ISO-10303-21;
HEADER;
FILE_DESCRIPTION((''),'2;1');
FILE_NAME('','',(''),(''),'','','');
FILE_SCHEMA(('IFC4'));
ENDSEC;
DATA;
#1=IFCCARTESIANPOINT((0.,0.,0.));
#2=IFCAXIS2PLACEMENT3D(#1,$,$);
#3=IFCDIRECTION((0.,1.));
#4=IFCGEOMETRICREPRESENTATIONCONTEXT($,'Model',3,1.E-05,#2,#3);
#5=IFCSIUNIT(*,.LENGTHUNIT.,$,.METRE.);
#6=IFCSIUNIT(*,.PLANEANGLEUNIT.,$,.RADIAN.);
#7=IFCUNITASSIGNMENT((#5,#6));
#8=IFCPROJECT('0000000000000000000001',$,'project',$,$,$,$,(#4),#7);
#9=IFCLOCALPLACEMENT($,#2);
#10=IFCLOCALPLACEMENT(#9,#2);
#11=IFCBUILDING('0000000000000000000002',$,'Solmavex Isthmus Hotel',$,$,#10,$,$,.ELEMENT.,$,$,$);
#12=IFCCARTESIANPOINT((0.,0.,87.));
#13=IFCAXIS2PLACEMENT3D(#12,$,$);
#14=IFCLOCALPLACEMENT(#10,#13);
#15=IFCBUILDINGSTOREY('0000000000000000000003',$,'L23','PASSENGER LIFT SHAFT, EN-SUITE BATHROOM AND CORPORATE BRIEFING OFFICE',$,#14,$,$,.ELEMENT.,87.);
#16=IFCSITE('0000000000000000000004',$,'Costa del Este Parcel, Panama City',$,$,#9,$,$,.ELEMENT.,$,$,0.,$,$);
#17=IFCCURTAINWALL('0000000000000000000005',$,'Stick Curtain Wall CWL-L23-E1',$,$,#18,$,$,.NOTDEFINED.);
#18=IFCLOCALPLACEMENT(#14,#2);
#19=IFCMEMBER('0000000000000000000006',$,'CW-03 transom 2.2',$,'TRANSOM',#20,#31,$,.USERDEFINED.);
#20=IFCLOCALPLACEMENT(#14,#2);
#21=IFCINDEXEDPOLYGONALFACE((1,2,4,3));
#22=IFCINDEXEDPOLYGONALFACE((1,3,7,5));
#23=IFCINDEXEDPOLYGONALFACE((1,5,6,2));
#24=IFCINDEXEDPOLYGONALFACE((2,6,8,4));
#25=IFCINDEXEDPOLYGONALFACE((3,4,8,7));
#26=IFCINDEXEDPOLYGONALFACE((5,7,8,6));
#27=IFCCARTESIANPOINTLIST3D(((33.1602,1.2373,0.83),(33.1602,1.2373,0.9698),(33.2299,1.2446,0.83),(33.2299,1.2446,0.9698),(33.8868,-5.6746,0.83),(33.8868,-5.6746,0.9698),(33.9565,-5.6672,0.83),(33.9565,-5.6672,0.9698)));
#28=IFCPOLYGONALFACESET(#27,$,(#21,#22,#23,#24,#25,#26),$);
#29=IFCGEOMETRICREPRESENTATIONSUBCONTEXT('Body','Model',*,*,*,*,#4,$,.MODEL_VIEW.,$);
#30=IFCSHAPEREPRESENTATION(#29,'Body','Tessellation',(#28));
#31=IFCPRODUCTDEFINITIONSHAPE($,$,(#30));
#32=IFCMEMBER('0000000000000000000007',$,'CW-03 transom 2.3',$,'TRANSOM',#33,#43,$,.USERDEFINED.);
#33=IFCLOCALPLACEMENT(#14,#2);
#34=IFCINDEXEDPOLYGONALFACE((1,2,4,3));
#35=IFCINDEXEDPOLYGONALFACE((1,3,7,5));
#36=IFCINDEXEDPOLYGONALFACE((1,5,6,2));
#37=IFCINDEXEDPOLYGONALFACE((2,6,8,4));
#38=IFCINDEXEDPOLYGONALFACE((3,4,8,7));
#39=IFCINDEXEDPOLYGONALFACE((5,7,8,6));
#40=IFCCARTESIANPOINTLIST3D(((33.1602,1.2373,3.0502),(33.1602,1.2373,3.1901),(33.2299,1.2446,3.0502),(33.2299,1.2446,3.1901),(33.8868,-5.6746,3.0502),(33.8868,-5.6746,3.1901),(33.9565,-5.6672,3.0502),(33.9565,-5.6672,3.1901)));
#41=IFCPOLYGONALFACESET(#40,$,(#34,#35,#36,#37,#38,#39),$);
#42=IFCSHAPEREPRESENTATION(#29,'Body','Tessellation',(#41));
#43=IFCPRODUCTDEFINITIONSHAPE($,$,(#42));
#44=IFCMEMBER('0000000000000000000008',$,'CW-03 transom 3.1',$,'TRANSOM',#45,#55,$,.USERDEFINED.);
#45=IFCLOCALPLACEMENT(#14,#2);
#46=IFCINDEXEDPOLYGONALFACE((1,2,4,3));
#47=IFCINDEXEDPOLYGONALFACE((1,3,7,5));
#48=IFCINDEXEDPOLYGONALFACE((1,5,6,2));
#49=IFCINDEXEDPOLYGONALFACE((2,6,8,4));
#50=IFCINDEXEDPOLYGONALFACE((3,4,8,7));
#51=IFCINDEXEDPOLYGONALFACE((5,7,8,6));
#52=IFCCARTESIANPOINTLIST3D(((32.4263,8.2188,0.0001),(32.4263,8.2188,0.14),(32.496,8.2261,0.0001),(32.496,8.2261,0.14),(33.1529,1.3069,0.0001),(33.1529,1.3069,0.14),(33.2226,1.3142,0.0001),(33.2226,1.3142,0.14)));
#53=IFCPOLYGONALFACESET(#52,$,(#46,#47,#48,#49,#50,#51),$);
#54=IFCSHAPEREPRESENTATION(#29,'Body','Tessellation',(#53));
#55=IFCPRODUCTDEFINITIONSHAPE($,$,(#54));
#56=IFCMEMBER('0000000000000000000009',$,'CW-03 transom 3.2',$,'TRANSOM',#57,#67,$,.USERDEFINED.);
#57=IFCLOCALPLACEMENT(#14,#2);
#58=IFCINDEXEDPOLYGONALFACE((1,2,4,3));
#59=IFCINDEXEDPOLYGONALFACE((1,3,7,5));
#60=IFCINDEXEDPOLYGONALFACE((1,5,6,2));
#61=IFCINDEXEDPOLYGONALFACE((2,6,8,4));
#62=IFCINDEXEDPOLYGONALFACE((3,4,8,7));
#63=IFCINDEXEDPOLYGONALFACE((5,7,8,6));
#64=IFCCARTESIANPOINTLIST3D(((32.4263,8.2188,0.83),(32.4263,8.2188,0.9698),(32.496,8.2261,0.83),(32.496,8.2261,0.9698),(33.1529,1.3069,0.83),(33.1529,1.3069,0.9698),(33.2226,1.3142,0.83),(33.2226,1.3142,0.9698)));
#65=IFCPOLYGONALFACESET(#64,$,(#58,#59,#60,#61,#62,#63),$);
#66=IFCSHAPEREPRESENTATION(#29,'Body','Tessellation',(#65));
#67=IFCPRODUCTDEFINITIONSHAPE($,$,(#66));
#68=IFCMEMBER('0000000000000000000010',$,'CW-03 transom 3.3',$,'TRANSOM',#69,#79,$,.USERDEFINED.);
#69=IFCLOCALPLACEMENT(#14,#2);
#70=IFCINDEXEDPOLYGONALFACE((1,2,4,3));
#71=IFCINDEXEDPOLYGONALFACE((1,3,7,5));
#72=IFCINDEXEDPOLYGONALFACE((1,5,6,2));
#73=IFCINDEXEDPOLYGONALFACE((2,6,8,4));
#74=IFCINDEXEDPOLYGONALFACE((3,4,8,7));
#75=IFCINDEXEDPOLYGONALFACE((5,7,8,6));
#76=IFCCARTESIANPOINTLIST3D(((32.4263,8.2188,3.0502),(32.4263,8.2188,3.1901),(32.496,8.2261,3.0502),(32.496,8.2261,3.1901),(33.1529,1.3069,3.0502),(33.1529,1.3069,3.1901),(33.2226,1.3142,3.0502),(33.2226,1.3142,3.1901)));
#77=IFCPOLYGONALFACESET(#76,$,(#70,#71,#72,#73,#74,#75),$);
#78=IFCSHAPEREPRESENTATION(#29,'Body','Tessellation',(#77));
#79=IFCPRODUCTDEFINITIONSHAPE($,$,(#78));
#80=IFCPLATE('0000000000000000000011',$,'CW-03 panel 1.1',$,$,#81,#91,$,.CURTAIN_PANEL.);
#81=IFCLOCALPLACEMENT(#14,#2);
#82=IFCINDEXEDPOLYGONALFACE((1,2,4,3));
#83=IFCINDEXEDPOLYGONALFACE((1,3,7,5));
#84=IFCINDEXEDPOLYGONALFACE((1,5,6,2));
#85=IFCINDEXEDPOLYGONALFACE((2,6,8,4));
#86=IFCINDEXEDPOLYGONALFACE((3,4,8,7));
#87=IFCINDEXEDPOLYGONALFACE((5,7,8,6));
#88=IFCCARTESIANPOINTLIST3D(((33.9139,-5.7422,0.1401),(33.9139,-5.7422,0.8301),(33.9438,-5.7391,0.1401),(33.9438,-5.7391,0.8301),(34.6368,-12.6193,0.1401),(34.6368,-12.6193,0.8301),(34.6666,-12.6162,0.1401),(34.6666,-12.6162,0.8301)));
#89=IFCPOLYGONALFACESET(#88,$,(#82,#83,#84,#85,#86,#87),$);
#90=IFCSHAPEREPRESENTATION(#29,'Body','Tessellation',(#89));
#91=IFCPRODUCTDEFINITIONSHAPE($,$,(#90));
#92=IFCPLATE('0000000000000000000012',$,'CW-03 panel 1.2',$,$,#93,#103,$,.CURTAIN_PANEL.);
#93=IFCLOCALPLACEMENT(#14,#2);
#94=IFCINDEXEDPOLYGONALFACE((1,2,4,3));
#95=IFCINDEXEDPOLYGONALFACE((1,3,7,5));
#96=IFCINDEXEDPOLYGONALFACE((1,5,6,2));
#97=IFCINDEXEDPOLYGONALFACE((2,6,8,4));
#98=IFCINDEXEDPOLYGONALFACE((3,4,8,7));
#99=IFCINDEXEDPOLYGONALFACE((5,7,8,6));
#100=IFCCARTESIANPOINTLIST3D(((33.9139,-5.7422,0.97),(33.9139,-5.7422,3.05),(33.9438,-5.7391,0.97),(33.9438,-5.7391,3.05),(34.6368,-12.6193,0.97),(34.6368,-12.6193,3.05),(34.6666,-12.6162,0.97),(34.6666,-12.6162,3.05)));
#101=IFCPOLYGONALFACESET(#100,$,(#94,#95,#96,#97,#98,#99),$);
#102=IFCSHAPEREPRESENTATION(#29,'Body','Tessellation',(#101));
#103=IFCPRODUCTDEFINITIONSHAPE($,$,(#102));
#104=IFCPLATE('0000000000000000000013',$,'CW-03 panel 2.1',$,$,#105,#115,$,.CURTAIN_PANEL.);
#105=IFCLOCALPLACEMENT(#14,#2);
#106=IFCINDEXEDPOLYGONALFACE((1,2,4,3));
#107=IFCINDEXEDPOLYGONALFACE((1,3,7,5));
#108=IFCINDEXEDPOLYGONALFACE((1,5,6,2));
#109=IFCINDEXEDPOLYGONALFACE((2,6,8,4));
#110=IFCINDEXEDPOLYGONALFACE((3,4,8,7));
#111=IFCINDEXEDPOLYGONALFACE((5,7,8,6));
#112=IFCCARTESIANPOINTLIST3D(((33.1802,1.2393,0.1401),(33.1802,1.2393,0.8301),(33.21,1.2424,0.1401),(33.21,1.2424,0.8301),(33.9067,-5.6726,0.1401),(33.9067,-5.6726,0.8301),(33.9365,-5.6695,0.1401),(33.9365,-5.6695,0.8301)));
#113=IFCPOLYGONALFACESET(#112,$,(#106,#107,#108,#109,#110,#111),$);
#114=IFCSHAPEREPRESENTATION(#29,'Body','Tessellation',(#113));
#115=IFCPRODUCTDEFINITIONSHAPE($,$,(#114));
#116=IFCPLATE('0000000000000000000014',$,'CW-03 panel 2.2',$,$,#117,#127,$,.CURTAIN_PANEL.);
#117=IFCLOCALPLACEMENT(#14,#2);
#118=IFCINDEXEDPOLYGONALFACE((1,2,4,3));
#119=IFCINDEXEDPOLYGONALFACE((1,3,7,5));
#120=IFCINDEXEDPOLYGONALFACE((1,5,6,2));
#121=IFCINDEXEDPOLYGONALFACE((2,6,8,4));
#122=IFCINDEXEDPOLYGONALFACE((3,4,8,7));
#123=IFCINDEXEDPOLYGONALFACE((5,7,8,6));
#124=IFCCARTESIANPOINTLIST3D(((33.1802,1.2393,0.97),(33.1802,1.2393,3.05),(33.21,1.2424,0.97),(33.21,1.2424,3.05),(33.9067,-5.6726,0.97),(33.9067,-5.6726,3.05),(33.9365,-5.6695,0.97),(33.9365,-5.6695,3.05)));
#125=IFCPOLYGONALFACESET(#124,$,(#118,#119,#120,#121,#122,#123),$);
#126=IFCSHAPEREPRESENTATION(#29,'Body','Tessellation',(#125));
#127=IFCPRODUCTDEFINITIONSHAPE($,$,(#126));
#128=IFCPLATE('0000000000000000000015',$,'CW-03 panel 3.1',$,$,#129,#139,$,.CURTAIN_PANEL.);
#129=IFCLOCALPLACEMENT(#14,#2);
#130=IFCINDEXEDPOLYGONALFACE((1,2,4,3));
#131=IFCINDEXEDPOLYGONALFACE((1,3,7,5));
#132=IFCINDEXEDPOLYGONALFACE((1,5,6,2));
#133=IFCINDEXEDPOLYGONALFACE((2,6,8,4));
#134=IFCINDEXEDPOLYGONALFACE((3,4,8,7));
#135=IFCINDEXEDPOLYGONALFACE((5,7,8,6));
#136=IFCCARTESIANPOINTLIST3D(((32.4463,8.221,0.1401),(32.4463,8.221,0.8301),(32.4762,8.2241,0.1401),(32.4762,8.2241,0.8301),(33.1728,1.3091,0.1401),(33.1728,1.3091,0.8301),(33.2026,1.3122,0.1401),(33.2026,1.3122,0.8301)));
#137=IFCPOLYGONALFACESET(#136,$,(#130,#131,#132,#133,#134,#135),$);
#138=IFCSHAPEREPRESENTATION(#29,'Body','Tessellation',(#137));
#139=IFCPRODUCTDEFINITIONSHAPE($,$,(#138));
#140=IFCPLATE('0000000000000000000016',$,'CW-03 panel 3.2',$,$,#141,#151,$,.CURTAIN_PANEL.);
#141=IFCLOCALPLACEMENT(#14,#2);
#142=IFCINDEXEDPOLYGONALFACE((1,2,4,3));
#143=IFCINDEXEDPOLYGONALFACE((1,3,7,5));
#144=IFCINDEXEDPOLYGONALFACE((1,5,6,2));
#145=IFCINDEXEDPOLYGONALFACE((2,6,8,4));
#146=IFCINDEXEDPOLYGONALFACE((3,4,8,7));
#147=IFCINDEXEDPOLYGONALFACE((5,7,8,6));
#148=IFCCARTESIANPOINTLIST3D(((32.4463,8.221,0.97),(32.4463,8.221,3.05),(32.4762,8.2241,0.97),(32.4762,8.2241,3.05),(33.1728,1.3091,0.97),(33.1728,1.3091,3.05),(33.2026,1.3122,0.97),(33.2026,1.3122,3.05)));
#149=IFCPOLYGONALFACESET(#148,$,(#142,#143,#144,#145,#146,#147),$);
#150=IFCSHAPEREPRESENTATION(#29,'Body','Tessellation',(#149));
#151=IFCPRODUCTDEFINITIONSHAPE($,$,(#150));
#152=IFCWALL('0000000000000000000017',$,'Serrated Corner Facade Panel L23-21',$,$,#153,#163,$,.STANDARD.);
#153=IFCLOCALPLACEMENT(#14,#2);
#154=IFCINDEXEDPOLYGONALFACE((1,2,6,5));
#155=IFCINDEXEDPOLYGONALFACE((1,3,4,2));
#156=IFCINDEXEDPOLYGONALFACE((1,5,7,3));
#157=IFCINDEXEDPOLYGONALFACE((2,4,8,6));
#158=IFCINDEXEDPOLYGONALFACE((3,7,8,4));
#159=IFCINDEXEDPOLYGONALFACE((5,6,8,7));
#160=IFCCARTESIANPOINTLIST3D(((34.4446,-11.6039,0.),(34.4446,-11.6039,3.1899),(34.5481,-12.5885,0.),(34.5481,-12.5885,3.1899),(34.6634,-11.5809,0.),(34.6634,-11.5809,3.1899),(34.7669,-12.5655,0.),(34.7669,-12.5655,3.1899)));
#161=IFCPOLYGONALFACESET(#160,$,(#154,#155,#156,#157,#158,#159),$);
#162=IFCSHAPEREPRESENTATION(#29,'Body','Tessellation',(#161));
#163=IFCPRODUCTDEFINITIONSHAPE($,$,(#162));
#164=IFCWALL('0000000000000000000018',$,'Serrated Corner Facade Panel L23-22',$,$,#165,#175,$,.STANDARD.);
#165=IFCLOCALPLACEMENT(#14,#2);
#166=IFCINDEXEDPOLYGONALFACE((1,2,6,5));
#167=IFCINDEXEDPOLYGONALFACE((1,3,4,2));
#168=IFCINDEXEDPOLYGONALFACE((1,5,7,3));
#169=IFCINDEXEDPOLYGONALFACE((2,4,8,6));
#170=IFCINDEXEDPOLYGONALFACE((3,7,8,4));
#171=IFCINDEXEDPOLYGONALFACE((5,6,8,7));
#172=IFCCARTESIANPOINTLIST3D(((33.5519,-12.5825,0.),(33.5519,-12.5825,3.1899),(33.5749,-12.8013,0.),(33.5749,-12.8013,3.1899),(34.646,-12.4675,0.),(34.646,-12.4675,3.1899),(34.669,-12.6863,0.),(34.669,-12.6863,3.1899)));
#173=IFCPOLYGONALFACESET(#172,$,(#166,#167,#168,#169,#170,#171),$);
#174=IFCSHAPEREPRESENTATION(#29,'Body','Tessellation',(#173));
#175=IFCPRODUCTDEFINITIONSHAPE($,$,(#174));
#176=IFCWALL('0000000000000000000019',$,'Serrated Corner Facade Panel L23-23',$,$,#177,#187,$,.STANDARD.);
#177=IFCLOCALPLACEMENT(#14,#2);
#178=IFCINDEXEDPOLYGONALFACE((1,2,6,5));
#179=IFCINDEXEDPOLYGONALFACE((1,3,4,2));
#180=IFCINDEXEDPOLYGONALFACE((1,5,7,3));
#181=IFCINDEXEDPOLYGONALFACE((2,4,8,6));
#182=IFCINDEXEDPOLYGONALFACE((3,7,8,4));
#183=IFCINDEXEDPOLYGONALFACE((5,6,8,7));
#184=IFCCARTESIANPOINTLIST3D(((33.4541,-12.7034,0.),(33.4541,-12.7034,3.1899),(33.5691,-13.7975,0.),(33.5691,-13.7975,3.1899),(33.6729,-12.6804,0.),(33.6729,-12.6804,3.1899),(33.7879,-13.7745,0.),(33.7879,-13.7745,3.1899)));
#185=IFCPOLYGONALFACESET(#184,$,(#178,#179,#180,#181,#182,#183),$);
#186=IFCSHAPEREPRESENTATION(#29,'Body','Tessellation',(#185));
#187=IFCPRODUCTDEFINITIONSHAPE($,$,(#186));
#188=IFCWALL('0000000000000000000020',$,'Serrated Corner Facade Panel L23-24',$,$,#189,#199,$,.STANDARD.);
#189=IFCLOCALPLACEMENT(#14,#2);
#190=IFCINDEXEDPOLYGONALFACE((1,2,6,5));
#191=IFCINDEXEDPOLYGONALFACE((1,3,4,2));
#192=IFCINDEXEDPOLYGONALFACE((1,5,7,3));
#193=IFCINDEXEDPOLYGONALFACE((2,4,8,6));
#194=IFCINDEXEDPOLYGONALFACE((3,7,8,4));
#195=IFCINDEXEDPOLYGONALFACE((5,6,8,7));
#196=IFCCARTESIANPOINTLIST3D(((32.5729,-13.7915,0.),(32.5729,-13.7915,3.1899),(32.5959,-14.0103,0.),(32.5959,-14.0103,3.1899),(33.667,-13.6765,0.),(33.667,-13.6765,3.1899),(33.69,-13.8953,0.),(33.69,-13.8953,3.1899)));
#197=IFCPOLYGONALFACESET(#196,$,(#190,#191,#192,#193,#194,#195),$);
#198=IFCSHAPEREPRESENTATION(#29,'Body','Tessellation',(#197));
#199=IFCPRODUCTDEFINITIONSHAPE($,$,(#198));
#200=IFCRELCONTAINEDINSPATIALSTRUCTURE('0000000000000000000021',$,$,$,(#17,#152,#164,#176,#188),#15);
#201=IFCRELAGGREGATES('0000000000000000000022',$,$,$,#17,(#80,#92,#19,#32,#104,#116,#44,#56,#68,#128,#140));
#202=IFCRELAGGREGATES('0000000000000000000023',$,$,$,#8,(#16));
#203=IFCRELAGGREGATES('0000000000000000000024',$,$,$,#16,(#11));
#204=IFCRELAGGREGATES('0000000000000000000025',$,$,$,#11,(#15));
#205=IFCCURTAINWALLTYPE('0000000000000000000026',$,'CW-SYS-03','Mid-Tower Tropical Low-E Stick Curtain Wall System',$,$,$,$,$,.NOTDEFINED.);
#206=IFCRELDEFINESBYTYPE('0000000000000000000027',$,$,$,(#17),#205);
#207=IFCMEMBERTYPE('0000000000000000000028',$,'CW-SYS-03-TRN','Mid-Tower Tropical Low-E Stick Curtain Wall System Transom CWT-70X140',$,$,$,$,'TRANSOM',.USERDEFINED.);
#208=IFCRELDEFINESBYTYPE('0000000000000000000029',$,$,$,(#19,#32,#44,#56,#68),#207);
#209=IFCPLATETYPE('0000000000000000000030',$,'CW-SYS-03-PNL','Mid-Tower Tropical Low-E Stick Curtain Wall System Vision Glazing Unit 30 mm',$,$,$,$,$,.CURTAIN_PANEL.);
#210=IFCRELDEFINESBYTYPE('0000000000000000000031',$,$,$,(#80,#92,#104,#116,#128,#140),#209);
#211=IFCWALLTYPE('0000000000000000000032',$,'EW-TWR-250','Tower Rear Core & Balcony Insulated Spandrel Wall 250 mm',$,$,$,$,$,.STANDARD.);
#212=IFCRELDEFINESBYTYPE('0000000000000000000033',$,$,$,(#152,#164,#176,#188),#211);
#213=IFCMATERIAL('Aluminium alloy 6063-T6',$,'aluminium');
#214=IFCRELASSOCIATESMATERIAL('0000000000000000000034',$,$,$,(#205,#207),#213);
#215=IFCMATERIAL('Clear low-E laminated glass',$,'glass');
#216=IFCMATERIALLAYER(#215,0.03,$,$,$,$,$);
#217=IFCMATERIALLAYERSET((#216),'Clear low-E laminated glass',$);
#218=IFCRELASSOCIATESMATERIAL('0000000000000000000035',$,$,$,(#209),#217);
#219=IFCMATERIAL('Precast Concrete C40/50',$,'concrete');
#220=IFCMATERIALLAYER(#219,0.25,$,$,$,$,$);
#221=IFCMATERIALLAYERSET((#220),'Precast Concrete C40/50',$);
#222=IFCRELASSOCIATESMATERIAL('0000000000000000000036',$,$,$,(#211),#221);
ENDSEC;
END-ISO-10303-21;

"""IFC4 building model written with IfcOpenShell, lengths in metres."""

from ifc_helpers import new_model, si_unit, direction, frame, frame_2d, origin, origin_2d, place, context, subcontext, project, spatial, rectangle, extrude, material, layer, layer_set, material_profile, profile_set, type_object, element, aggregate, save


model = new_model("IFC4")

# Units and contexts
model_context = context("Model", 3, precision=1e-05, world=origin(), true_north=direction((0.0, 1.0)))
body_context = subcontext(model_context, "Body", "Model", "MODEL_VIEW")
ifc_project = project(units=[si_unit("LENGTHUNIT", "METRE"), si_unit("PLANEANGLEUNIT", "RADIAN")], contexts=[model_context])

# Site, building, storey
site_placement = place(None, origin())
site = spatial("IfcSite", under=ifc_project, at=site_placement, Name="Costa del Este Parcel, Panama City", CompositionType="ELEMENT", RefElevation=0.0)
building_placement = place(site_placement, origin())
building = spatial("IfcBuilding", under=site, at=building_placement, Name="Solmavex Isthmus Hotel", CompositionType="ELEMENT")
storey_placement = place(building_placement, frame((0.0, 0.0, 87.0)))
storey = spatial("IfcBuildingStorey", under=building, at=storey_placement, Name="L23", Description="PASSENGER LIFT SHAFT, EN-SUITE BATHROOM AND CORPORATE BRIEFING OFFICE", CompositionType="ELEMENT", Elevation=87.0)

# Curtain wall, members, plates
ifc_material_1 = material(Name="Aluminium alloy 6063-T6", Category="aluminium")
curtain_wall_type = type_object("IfcCurtainWallType", Name="CW-SYS-03", Description="Mid-Tower Tropical Low-E Stick Curtain Wall System", PredefinedType="NOTDEFINED", material=ifc_material_1)
curtain_wall_placement = place(storey_placement, origin())
curtain_wall = element("IfcCurtainWall", 1, at=curtain_wall_placement, inside=storey, type_object=curtain_wall_type, Name="Stick Curtain Wall CWL-L23-E1", PredefinedType="NOTDEFINED")
ifc_material_profile_1 = material_profile(ifc_material_1, rectangle(XDim=0.0701, YDim=0.1399, at=origin_2d()), Name="CWT-70X140")
ifc_profile_set_1 = profile_set([ifc_material_profile_1], Name="Aluminium alloy 6063-T6")
member_type_1 = type_object("IfcMemberType", Name="CW-SYS-03-TRN", Description="Mid-Tower Tropical Low-E Stick Curtain Wall System Transom CWT-70X140", ElementType="TRANSOM", PredefinedType="USERDEFINED", material=ifc_profile_set_1)
member_1_placement = place(storey_placement, frame((33.9216, -5.6709, 0.8999), z_axis=(-0.104542, 0.99452, 0.0), x_axis=(-0.99452, -0.104542, 0.0)))
member_1 = element("IfcMember", 2, at=member_1_placement, type_object=member_type_1, Name="CW-03 transom 2.2", ObjectType="TRANSOM", PredefinedType="USERDEFINED", context=body_context, shape_type="SweptSolid", body=[
    extrude(rectangle(XDim=0.0701, YDim=0.1399, at=origin_2d()), origin(), (0.0, 0.0, 1.0), 6.95),
])
member_2_placement = place(storey_placement, frame((33.9216, -5.6709, 3.1201), z_axis=(-0.104542, 0.99452, 0.0), x_axis=(-0.99452, -0.104542, 0.0)))
member_2 = element("IfcMember", 3, at=member_2_placement, type_object=member_type_1, Name="CW-03 transom 2.3", ObjectType="TRANSOM", PredefinedType="USERDEFINED", context=body_context, shape_type="SweptSolid", body=[
    extrude(rectangle(XDim=0.0701, YDim=0.1399, at=origin_2d()), origin(), (0.0, 0.0, 1.0), 6.95),
])
member_3_placement = place(storey_placement, frame((33.1877, 1.3105, 0.0701), z_axis=(-0.104542, 0.99452, 0.0), x_axis=(-0.99452, -0.104542, 0.0)))
member_3 = element("IfcMember", 4, at=member_3_placement, type_object=member_type_1, Name="CW-03 transom 3.1", ObjectType="TRANSOM", PredefinedType="USERDEFINED", context=body_context, shape_type="SweptSolid", body=[
    extrude(rectangle(XDim=0.0701, YDim=0.1399, at=origin_2d()), origin(), (0.0, 0.0, 1.0), 6.95),
])
member_4_placement = place(storey_placement, frame((33.1877, 1.3105, 0.8999), z_axis=(-0.104542, 0.99452, 0.0), x_axis=(-0.99452, -0.104542, 0.0)))
member_4 = element("IfcMember", 5, at=member_4_placement, type_object=member_type_1, Name="CW-03 transom 3.2", ObjectType="TRANSOM", PredefinedType="USERDEFINED", context=body_context, shape_type="SweptSolid", body=[
    extrude(rectangle(XDim=0.0701, YDim=0.1399, at=origin_2d()), origin(), (0.0, 0.0, 1.0), 6.95),
])
member_5_placement = place(storey_placement, frame((33.1877, 1.3105, 3.1201), z_axis=(-0.104542, 0.99452, 0.0), x_axis=(-0.99452, -0.104542, 0.0)))
member_5 = element("IfcMember", 6, at=member_5_placement, type_object=member_type_1, Name="CW-03 transom 3.3", ObjectType="TRANSOM", PredefinedType="USERDEFINED", context=body_context, shape_type="SweptSolid", body=[
    extrude(rectangle(XDim=0.0701, YDim=0.1399, at=origin_2d()), origin(), (0.0, 0.0, 1.0), 6.95),
])
ifc_material_2 = material(Name="Clear low-E laminated glass", Category="glass")
ifc_layer_1 = layer(ifc_material_2, 0.03)
ifc_layer_set_1 = layer_set([ifc_layer_1], Name="Clear low-E laminated glass")
plate_type = type_object("IfcPlateType", Name="CW-SYS-03-PNL", Description="Mid-Tower Tropical Low-E Stick Curtain Wall System Vision Glazing Unit 30 mm", PredefinedType="CURTAIN_PANEL", material=ifc_layer_set_1)
plate_1_placement = place(storey_placement, frame((34.2903, -9.1792, 0.1401), z_axis=(0.0, 0.0, 1.0), x_axis=(-0.104528, 0.994522, 0.0)))
plate_1 = element("IfcPlate", 7, at=plate_1_placement, type_object=plate_type, Name="CW-03 panel 1.1", PredefinedType="CURTAIN_PANEL", context=body_context, shape_type="SweptSolid", body=[
    extrude(rectangle(XDim=6.915, YDim=0.03, at=origin_2d()), origin(), (0.0, 0.0, 1.0), 0.6899),
])
plate_2_placement = place(storey_placement, frame((34.2903, -9.1792, 0.97), z_axis=(0.0, 0.0, 1.0), x_axis=(-0.104528, 0.994522, 0.0)))
plate_2 = element("IfcPlate", 8, at=plate_2_placement, type_object=plate_type, Name="CW-03 panel 1.2", PredefinedType="CURTAIN_PANEL", context=body_context, shape_type="SweptSolid", body=[
    extrude(rectangle(XDim=6.915, YDim=0.03, at=origin_2d()), origin(), (0.0, 0.0, 1.0), 2.0801),
])
plate_3_placement = place(storey_placement, frame((33.5583, -2.2151, 0.1401), z_axis=(0.0, 0.0, 1.0), x_axis=(-0.104528, 0.994522, 0.0)))
plate_3 = element("IfcPlate", 9, at=plate_3_placement, type_object=plate_type, Name="CW-03 panel 2.1", PredefinedType="CURTAIN_PANEL", context=body_context, shape_type="SweptSolid", body=[
    extrude(rectangle(XDim=6.95, YDim=0.03, at=origin_2d()), origin(), (0.0, 0.0, 1.0), 0.6899),
])
plate_4_placement = place(storey_placement, frame((33.5583, -2.2151, 0.97), z_axis=(0.0, 0.0, 1.0), x_axis=(-0.104528, 0.994522, 0.0)))
plate_4 = element("IfcPlate", 10, at=plate_4_placement, type_object=plate_type, Name="CW-03 panel 2.2", PredefinedType="CURTAIN_PANEL", context=body_context, shape_type="SweptSolid", body=[
    extrude(rectangle(XDim=6.95, YDim=0.03, at=origin_2d()), origin(), (0.0, 0.0, 1.0), 2.0801),
])
plate_5_placement = place(storey_placement, frame((32.8245, 4.7666, 0.1401), z_axis=(0.0, 0.0, 1.0), x_axis=(-0.104528, 0.994522, 0.0)))
plate_5 = element("IfcPlate", 11, at=plate_5_placement, type_object=plate_type, Name="CW-03 panel 3.1", PredefinedType="CURTAIN_PANEL", context=body_context, shape_type="SweptSolid", body=[
    extrude(rectangle(XDim=6.95, YDim=0.03, at=origin_2d()), origin(), (0.0, 0.0, 1.0), 0.6899),
])
plate_6_placement = place(storey_placement, frame((32.8245, 4.7666, 0.97), z_axis=(0.0, 0.0, 1.0), x_axis=(-0.104528, 0.994522, 0.0)))
plate_6 = element("IfcPlate", 12, at=plate_6_placement, type_object=plate_type, Name="CW-03 panel 3.2", PredefinedType="CURTAIN_PANEL", context=body_context, shape_type="SweptSolid", body=[
    extrude(rectangle(XDim=6.95, YDim=0.03, at=origin_2d()), origin(), (0.0, 0.0, 1.0), 2.0801),
])
aggregate(curtain_wall, [plate_1, plate_2, member_1, member_2, plate_3, plate_4, member_3, member_4, member_5, plate_5, plate_6])

# Walls
ifc_material_3 = material(Name="Precast Concrete C40/50", Category="concrete")
ifc_layer_2 = layer(ifc_material_3, 0.25)
ifc_layer_set_2 = layer_set([ifc_layer_2], Name="Precast Concrete C40/50")
wall_type_1 = type_object("IfcWallType", Name="EW-TWR-250", Description="Tower Rear Core & Balcony Insulated Spandrel Wall 250 mm", PredefinedType="STANDARD", material=ifc_layer_set_2)
wall_1_placement = place(storey_placement, frame((34.554, -11.5923, 0.0), z_axis=(0.0, 0.0, 1.0), x_axis=(0.104556, -0.994519, 0.0)))
element("IfcWall", 13, at=wall_1_placement, inside=storey, type_object=wall_type_1, Name="Serrated Corner Facade Panel L23-21", PredefinedType="STANDARD", context=body_context, shape_type="SweptSolid", body=[
    extrude(rectangle(XDim=0.99, YDim=0.22, at=frame_2d((0.4951, 0.0))), origin(), (0.0, 0.0, 1.0), 3.1899),
])
for number, where, z_axis, x_axis, name in (
    (14, (34.6575, -12.5769, 0.0), (0.0, 0.0, 1.0), (-0.994521, -0.104535, 0.0), "Serrated Corner Facade Panel L23-22"),
    (15, (33.5635, -12.6919, 0.0), (0.0, 0.0, 1.0), (0.104535, -0.994521, 0.0), "Serrated Corner Facade Panel L23-23"),
    (16, (33.6785, -13.7859, 0.0), (0.0, 0.0, 1.0), (-0.994521, -0.104535, 0.0), "Serrated Corner Facade Panel L23-24"),
):
    element("IfcWall", number, at=place(storey_placement, frame(where, z_axis=z_axis, x_axis=x_axis)), inside=storey, type_object=wall_type_1, Name=name, PredefinedType="STANDARD", context=body_context, shape_type="SweptSolid", body=[
        extrude(rectangle(XDim=1.1001, YDim=0.22, at=frame_2d((0.55, 0.0))), origin(), (0.0, 0.0, 1.0), 3.1899),
    ])

save(model, "model.ifc")
